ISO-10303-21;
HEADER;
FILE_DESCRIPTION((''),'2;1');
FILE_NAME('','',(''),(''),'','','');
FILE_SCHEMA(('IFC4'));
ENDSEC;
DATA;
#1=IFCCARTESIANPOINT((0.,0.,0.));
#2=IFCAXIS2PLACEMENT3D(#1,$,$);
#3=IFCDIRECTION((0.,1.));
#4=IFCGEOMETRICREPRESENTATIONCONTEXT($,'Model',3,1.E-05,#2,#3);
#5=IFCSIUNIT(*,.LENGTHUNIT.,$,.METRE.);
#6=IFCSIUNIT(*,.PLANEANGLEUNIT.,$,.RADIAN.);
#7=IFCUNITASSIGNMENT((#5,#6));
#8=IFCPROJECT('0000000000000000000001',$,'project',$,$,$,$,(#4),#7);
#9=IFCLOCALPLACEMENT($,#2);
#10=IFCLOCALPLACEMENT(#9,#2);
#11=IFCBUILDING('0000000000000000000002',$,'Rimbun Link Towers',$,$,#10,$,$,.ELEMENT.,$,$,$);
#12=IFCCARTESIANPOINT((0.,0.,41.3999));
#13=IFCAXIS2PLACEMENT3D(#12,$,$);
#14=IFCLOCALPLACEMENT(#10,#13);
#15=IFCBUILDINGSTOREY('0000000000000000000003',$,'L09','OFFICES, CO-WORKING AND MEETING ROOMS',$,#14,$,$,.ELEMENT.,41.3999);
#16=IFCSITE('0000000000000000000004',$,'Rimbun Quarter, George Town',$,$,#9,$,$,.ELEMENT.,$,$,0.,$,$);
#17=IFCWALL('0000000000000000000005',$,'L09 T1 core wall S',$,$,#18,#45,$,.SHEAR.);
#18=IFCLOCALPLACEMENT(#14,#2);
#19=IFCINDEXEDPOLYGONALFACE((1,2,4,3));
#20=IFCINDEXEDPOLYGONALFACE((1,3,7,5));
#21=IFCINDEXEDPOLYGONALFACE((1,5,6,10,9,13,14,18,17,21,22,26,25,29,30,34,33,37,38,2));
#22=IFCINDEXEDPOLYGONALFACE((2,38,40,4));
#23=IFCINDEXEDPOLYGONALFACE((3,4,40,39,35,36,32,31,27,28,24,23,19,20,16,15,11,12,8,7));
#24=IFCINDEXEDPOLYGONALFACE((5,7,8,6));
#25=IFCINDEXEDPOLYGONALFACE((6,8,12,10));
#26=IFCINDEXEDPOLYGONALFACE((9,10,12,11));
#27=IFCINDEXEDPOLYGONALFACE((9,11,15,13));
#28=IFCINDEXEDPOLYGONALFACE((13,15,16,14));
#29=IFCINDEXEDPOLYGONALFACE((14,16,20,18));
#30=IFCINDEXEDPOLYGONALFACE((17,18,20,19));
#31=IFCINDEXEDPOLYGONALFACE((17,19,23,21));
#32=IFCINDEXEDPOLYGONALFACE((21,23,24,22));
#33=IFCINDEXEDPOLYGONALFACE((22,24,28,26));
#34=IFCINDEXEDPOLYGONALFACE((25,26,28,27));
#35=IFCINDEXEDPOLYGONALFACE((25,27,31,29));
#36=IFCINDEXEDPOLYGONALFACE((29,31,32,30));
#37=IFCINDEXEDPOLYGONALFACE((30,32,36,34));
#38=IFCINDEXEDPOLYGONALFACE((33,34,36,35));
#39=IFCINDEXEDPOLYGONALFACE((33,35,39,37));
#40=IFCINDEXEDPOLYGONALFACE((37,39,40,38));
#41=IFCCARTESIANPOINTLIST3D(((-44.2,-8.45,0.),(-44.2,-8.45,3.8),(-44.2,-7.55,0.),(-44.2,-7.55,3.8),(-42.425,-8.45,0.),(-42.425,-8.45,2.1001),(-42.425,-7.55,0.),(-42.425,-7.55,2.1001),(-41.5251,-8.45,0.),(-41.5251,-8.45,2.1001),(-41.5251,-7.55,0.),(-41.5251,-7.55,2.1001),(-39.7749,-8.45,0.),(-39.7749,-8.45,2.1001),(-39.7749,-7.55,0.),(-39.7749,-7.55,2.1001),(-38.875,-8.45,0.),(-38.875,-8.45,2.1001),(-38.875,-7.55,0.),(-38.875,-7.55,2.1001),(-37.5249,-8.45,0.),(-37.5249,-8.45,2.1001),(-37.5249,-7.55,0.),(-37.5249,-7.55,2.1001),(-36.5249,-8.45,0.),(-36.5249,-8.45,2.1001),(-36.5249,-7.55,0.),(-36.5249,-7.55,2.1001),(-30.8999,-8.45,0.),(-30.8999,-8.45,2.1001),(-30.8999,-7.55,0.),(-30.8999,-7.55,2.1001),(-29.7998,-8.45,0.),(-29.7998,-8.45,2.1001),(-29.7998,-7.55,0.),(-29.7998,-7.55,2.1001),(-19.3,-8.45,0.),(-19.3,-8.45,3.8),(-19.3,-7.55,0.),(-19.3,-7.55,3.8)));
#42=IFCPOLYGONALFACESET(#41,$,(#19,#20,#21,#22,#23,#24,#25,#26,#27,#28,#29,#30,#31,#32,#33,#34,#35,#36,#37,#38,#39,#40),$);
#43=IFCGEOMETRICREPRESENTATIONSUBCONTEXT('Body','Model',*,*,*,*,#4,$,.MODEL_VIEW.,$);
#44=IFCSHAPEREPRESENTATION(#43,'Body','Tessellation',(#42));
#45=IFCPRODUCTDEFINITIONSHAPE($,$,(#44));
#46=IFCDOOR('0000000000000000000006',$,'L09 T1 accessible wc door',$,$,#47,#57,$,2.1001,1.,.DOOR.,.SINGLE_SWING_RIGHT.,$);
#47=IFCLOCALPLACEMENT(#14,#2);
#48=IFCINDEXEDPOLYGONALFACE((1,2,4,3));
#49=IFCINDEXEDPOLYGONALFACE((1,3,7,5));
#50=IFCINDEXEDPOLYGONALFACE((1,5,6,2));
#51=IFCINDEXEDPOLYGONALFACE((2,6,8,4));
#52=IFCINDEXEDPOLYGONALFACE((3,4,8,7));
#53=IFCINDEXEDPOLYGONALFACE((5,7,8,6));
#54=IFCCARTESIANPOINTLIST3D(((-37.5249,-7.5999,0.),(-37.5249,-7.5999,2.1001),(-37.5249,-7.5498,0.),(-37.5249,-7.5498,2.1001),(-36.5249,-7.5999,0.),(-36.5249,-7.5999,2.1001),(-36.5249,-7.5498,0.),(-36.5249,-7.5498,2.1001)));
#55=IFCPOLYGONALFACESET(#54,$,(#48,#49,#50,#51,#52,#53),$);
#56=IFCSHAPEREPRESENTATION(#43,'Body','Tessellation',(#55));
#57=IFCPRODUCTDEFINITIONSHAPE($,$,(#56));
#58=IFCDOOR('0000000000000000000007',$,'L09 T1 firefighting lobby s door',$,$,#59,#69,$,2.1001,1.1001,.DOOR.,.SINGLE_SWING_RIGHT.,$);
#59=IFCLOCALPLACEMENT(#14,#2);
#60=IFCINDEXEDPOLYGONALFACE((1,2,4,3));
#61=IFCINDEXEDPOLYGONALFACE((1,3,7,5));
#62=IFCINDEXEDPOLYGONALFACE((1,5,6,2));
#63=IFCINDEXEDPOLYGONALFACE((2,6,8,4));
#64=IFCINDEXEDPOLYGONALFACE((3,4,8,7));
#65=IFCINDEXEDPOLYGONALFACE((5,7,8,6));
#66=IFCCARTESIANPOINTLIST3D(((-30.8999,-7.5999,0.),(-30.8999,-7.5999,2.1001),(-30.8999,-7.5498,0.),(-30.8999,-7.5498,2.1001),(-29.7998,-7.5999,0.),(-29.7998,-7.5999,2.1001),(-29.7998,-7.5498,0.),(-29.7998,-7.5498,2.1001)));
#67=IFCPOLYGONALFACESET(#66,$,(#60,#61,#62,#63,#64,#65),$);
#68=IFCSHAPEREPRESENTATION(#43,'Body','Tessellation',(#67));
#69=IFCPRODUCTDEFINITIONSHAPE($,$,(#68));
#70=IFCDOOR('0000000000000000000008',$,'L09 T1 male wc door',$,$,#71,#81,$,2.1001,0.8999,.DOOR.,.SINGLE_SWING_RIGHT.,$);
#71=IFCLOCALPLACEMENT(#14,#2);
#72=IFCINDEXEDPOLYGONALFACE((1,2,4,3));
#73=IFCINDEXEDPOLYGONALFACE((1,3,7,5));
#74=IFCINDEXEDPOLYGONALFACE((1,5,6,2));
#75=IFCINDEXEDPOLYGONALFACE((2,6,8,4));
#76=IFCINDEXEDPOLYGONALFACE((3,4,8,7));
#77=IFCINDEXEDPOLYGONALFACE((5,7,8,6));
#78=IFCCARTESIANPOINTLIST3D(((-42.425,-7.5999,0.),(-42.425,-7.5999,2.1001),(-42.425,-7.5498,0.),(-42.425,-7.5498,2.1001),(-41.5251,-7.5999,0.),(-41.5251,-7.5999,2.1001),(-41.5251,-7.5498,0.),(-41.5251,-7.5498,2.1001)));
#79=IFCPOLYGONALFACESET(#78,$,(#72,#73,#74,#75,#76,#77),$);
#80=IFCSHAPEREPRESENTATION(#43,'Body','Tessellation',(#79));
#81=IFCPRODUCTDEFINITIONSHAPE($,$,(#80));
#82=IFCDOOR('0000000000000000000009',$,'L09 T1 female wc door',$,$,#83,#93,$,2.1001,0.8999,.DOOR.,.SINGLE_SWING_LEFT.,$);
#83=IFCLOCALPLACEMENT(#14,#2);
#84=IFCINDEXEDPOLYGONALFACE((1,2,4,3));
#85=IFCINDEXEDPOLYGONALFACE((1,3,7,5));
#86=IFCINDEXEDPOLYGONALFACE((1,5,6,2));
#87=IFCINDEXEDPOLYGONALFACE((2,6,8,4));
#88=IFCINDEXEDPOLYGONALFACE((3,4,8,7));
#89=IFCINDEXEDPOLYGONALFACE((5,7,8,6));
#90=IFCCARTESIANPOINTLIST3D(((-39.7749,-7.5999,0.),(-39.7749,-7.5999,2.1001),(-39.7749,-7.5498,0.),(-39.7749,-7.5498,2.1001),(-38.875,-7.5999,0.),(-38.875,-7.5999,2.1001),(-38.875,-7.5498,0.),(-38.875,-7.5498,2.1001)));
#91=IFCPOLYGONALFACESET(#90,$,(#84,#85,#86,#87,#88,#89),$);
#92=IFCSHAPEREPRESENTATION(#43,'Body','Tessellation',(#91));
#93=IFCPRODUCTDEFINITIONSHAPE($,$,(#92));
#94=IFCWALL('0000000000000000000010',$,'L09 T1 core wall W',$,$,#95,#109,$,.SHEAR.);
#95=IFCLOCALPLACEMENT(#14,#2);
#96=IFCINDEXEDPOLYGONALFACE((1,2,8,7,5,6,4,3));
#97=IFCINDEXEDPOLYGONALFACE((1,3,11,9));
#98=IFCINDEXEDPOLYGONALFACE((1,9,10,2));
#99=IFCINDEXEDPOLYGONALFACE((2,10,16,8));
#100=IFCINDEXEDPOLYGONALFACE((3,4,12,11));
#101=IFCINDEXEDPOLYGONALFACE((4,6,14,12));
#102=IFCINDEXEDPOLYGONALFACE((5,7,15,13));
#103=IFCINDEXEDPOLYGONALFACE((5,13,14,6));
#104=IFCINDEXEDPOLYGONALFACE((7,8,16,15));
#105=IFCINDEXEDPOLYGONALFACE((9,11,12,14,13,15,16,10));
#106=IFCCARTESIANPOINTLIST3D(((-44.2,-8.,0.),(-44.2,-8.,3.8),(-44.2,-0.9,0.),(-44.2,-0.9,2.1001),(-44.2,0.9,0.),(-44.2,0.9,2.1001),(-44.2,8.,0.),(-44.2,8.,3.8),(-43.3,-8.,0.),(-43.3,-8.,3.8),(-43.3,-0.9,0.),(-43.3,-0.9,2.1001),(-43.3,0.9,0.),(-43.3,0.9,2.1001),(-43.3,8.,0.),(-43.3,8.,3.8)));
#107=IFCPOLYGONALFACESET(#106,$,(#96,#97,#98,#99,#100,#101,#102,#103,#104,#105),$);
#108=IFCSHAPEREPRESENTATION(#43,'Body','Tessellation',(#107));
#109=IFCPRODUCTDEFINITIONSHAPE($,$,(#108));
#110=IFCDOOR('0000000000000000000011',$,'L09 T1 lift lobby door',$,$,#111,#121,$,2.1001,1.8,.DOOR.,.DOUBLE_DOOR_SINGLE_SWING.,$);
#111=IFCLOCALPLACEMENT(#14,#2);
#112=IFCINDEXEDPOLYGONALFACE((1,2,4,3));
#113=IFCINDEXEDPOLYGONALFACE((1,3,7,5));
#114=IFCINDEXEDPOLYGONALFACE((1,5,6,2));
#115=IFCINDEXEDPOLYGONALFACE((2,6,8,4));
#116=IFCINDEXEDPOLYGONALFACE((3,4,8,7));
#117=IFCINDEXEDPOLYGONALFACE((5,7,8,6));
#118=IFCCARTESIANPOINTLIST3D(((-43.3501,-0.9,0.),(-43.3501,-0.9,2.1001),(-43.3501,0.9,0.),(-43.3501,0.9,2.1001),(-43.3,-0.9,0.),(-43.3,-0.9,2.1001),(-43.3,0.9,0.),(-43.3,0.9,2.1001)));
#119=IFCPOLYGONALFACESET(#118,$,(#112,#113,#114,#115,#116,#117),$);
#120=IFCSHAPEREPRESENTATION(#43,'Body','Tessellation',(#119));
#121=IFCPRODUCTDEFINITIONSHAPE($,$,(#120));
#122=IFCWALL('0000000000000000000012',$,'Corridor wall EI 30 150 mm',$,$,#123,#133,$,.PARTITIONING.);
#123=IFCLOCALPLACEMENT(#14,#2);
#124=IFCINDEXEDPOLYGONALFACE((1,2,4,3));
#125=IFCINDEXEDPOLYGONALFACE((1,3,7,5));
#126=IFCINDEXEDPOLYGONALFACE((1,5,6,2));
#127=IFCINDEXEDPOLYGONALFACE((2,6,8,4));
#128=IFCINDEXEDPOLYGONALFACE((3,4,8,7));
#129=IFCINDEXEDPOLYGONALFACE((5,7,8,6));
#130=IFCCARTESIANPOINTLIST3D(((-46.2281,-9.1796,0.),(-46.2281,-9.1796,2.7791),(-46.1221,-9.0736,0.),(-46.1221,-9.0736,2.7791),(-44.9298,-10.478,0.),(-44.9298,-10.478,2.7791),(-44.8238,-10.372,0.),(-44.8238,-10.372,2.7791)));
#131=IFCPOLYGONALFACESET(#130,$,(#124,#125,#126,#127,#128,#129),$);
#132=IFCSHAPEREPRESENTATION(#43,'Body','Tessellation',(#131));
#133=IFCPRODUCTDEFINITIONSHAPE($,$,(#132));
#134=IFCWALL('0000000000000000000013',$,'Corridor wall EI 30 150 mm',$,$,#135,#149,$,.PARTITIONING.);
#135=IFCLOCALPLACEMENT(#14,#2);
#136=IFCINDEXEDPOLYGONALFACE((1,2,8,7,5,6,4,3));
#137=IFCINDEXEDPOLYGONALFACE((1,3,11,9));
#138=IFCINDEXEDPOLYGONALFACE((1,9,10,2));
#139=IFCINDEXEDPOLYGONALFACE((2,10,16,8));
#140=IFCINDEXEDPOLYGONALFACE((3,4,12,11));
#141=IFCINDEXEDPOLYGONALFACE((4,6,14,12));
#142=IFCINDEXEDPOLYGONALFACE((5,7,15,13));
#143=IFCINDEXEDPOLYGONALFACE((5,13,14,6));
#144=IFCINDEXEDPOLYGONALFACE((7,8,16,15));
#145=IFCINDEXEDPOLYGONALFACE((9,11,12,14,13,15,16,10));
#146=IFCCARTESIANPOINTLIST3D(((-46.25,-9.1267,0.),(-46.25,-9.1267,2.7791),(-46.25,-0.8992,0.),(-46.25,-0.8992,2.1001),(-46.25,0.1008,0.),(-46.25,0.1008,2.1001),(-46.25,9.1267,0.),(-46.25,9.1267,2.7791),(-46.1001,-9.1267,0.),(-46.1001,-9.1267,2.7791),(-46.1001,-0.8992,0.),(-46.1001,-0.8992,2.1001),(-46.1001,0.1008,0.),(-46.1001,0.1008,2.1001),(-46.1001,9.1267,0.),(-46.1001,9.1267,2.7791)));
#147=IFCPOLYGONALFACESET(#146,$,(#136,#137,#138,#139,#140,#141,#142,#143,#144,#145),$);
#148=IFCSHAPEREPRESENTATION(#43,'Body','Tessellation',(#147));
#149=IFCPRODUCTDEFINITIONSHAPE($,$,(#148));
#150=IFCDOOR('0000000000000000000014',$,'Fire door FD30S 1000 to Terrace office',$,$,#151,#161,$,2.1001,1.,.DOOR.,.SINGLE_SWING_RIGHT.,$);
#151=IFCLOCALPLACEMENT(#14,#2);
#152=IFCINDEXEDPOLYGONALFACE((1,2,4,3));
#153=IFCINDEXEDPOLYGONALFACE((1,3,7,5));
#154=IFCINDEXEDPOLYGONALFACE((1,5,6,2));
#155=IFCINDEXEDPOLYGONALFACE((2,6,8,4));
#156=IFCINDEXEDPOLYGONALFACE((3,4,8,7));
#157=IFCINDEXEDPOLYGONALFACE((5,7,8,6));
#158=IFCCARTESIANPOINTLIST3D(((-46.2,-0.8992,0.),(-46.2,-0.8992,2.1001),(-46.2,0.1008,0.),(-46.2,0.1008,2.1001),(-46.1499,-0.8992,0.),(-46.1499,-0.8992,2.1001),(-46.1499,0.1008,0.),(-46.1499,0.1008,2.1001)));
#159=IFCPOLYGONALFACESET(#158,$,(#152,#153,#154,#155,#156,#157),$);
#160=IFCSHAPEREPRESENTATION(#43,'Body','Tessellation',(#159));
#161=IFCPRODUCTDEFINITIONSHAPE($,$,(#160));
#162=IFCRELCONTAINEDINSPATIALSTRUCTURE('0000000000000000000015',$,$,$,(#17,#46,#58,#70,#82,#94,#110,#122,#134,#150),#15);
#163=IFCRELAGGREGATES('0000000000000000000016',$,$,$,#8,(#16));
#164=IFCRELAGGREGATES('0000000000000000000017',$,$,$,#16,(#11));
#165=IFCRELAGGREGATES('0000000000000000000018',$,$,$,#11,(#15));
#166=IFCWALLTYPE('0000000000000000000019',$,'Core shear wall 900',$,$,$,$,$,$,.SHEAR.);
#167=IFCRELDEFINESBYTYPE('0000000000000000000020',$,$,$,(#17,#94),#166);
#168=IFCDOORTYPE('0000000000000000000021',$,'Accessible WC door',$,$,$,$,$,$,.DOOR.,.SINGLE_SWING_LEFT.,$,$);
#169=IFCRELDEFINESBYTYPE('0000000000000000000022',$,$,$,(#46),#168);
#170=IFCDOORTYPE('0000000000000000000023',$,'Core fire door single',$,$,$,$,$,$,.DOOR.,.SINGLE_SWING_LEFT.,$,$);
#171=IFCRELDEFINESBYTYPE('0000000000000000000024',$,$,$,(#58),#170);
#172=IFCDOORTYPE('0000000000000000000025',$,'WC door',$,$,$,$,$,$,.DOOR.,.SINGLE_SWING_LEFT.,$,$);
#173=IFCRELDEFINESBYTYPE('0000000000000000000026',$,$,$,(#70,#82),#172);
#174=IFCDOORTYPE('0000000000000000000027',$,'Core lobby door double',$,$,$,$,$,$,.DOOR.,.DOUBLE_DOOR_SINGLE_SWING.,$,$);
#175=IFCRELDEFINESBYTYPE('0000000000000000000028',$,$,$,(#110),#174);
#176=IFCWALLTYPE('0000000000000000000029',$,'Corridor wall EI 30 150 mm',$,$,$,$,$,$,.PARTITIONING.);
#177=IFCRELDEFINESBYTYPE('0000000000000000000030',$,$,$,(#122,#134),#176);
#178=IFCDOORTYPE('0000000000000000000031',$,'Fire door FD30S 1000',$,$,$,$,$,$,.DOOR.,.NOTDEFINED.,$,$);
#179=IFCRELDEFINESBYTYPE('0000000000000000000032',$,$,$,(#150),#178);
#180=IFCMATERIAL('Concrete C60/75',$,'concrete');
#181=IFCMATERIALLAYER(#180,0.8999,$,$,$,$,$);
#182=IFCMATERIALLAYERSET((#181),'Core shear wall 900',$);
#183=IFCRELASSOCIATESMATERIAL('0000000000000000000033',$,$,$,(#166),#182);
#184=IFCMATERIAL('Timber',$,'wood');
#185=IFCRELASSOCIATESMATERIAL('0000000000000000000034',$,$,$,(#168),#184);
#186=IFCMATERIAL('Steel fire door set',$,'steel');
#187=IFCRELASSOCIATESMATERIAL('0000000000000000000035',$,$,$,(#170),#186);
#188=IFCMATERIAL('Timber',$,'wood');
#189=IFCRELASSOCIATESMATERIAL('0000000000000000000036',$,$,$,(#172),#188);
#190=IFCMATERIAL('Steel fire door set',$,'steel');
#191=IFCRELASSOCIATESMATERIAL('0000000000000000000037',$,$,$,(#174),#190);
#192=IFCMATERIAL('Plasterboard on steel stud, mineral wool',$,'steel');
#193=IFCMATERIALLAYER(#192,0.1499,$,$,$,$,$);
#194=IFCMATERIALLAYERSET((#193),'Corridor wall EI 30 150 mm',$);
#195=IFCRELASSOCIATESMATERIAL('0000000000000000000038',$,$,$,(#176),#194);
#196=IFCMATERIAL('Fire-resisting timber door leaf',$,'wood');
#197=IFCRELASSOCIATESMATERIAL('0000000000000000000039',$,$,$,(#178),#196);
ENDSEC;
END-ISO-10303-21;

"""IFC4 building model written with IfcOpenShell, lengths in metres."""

from ifc_helpers import new_model, si_unit, direction, frame, frame_2d, origin, place, context, subcontext, project, spatial, rectangle, extrude, material, layer, layer_set, type_object, element, fill, save


model = new_model("IFC4")

# Units and contexts
model_context = context("Model", 3, precision=1e-05, world=origin(), true_north=direction((0.0, 1.0)))
body_context = subcontext(model_context, "Body", "Model", "MODEL_VIEW")
ifc_project = project(units=[si_unit("LENGTHUNIT", "METRE"), si_unit("PLANEANGLEUNIT", "RADIAN")], contexts=[model_context])

# Site, building, storey
site_placement = place(None, origin())
site = spatial("IfcSite", under=ifc_project, at=site_placement, Name="Rimbun Quarter, George Town", CompositionType="ELEMENT", RefElevation=0.0)
building_placement = place(site_placement, origin())
building = spatial("IfcBuilding", under=site, at=building_placement, Name="Rimbun Link Towers", CompositionType="ELEMENT")
storey_placement = place(building_placement, frame((0.0, 0.0, 41.3999)))
storey = spatial("IfcBuildingStorey", under=building, at=storey_placement, Name="L09", Description="OFFICES, CO-WORKING AND MEETING ROOMS", CompositionType="ELEMENT", Elevation=41.3999)

# Wall, openings, doors
ifc_material_1 = material(Name="Concrete C60/75", Category="concrete")
ifc_layer_1 = layer(ifc_material_1, 0.8999)
ifc_layer_set_1 = layer_set([ifc_layer_1], Name="Core shear wall 900")
wall_type_1 = type_object("IfcWallType", Name="Core shear wall 900", PredefinedType="SHEAR", material=ifc_layer_set_1)
wall_1_placement = place(storey_placement, frame((-44.2, -8.0, 0.0), z_axis=(0.0, 0.0, 1.0), x_axis=(1.0, 0.0, 0.0)))
wall_1 = element("IfcWall", 1, at=wall_1_placement, inside=storey, type_object=wall_type_1, Name="L09 T1 core wall S", PredefinedType="SHEAR", context=body_context, shape_type="SweptSolid", body=[
    extrude(rectangle(XDim=24.8999, YDim=0.8999, at=frame_2d((12.45, 0.0))), origin(), (0.0, 0.0, 1.0), 3.8),
])
opening_1_placement = place(wall_1_placement, frame((13.3, 0.0, 0.0)))
opening_1 = element("IfcOpeningElement", 2, at=opening_1_placement, cuts=wall_1, PredefinedType="OPENING", context=body_context, shape_type="SweptSolid", body=[
    extrude(rectangle(XDim=1.1001, YDim=2.1001, at=frame_2d((0.55, 1.05))), frame((0.0, 0.46, 0.0), z_axis=(0.0, -1.0, 0.0), x_axis=(1.0, 0.0, 0.0)), (0.0, 0.0, 1.0), 0.9199),
])
opening_2_placement = place(wall_1_placement, frame((1.7749, 0.0, 0.0)))
opening_2 = element("IfcOpeningElement", 3, at=opening_2_placement, cuts=wall_1, PredefinedType="OPENING", context=body_context, shape_type="SweptSolid", body=[
    extrude(rectangle(XDim=0.8999, YDim=2.1001, at=frame_2d((0.45, 1.05))), frame((0.0, 0.46, 0.0), z_axis=(0.0, -1.0, 0.0), x_axis=(1.0, 0.0, 0.0)), (0.0, 0.0, 1.0), 0.9199),
])
opening_3_placement = place(wall_1_placement, frame((4.425, 0.0, 0.0)))
opening_3 = element("IfcOpeningElement", 4, at=opening_3_placement, cuts=wall_1, PredefinedType="OPENING", context=body_context, shape_type="SweptSolid", body=[
    extrude(rectangle(XDim=0.8999, YDim=2.1001, at=frame_2d((0.45, 1.05))), frame((0.0, 0.46, 0.0), z_axis=(0.0, -1.0, 0.0), x_axis=(1.0, 0.0, 0.0)), (0.0, 0.0, 1.0), 0.9199),
])
opening_4_placement = place(wall_1_placement, frame((6.675, 0.0, 0.0)))
opening_4 = element("IfcOpeningElement", 5, at=opening_4_placement, cuts=wall_1, PredefinedType="OPENING", context=body_context, shape_type="SweptSolid", body=[
    extrude(rectangle(XDim=1.0, YDim=2.1001, at=frame_2d((0.5, 1.05))), frame((0.0, 0.46, 0.0), z_axis=(0.0, -1.0, 0.0), x_axis=(1.0, 0.0, 0.0)), (0.0, 0.0, 1.0), 0.9199),
])
ifc_material_2 = material(Name="Timber", Category="wood")
door_type_1 = type_object("IfcDoorType", Name="Accessible WC door", OperationType="SINGLE_SWING_LEFT", PredefinedType="DOOR", material=ifc_material_2)
door_1_placement = place(opening_4_placement, origin())
door_1 = element("IfcDoor", 6, at=door_1_placement, inside=storey, type_object=door_type_1, Name="L09 T1 accessible wc door", OperationType="SINGLE_SWING_RIGHT", OverallHeight=2.1001, OverallWidth=1.0, PredefinedType="DOOR", context=body_context, shape_type="SweptSolid", body=[
    extrude(rectangle(XDim=1.0, YDim=2.1001, at=frame_2d((0.5, 1.05))), frame((0.0, 0.4502, 0.0), z_axis=(0.0, -1.0, 0.0), x_axis=(1.0, 0.0, 0.0)), (0.0, 0.0, 1.0), 0.05),
])
fill(opening_4, door_1)
ifc_material_3 = material(Name="Steel fire door set", Category="steel")
door_type_2 = type_object("IfcDoorType", Name="Core fire door single", OperationType="SINGLE_SWING_LEFT", PredefinedType="DOOR", material=ifc_material_3)
door_2_placement = place(opening_1_placement, origin())
door_2 = element("IfcDoor", 7, at=door_2_placement, inside=storey, type_object=door_type_2, Name="L09 T1 firefighting lobby s door", OperationType="SINGLE_SWING_RIGHT", OverallHeight=2.1001, OverallWidth=1.1001, PredefinedType="DOOR", context=body_context, shape_type="SweptSolid", body=[
    extrude(rectangle(XDim=1.1001, YDim=2.1001, at=frame_2d((0.55, 1.05))), frame((0.0, 0.4502, 0.0), z_axis=(0.0, -1.0, 0.0), x_axis=(1.0, 0.0, 0.0)), (0.0, 0.0, 1.0), 0.05),
])
fill(opening_1, door_2)
ifc_material_4 = material(Name="Timber", Category="wood")
door_type_3 = type_object("IfcDoorType", Name="WC door", OperationType="SINGLE_SWING_LEFT", PredefinedType="DOOR", material=ifc_material_4)
door_3_placement = place(opening_2_placement, origin())
door_3 = element("IfcDoor", 8, at=door_3_placement, inside=storey, type_object=door_type_3, Name="L09 T1 male wc door", OperationType="SINGLE_SWING_RIGHT", OverallHeight=2.1001, OverallWidth=0.8999, PredefinedType="DOOR", context=body_context, shape_type="SweptSolid", body=[
    extrude(rectangle(XDim=0.8999, YDim=2.1001, at=frame_2d((0.45, 1.05))), frame((0.0, 0.4502, 0.0), z_axis=(0.0, -1.0, 0.0), x_axis=(1.0, 0.0, 0.0)), (0.0, 0.0, 1.0), 0.05),
])
fill(opening_2, door_3)
door_4_placement = place(opening_3_placement, origin())
door_4 = element("IfcDoor", 9, at=door_4_placement, inside=storey, type_object=door_type_3, Name="L09 T1 female wc door", OperationType="SINGLE_SWING_LEFT", OverallHeight=2.1001, OverallWidth=0.8999, PredefinedType="DOOR", context=body_context, shape_type="SweptSolid", body=[
    extrude(rectangle(XDim=0.8999, YDim=2.1001, at=frame_2d((0.45, 1.05))), frame((0.0, 0.4502, 0.0), z_axis=(0.0, -1.0, 0.0), x_axis=(1.0, 0.0, 0.0)), (0.0, 0.0, 1.0), 0.05),
])
fill(opening_3, door_4)

# Wall, opening, door
wall_2_placement = place(storey_placement, frame((-43.75, -8.0, 0.0), z_axis=(0.0, 0.0, 1.0), x_axis=(0.0, 1.0, 0.0)))
wall_2 = element("IfcWall", 10, at=wall_2_placement, inside=storey, type_object=wall_type_1, Name="L09 T1 core wall W", PredefinedType="SHEAR", context=body_context, shape_type="SweptSolid", body=[
    extrude(rectangle(XDim=16.0, YDim=0.8999, at=frame_2d((8.0, 0.0))), origin(), (0.0, 0.0, 1.0), 3.8),
])
opening_5_placement = place(wall_2_placement, frame((7.1001, 0.0, 0.0)))
opening_5 = element("IfcOpeningElement", 11, at=opening_5_placement, cuts=wall_2, PredefinedType="OPENING", context=body_context, shape_type="SweptSolid", body=[
    extrude(rectangle(XDim=1.8, YDim=2.1001, at=frame_2d((0.8999, 1.05))), frame((0.0, 0.46, 0.0), z_axis=(0.0, -1.0, 0.0), x_axis=(1.0, 0.0, 0.0)), (0.0, 0.0, 1.0), 0.9199),
])
ifc_material_5 = material(Name="Steel fire door set", Category="steel")
door_type_4 = type_object("IfcDoorType", Name="Core lobby door double", OperationType="DOUBLE_DOOR_SINGLE_SWING", PredefinedType="DOOR", material=ifc_material_5)
door_5_placement = place(opening_5_placement, origin())
door_5 = element("IfcDoor", 12, at=door_5_placement, inside=storey, type_object=door_type_4, Name="L09 T1 lift lobby door", OperationType="DOUBLE_DOOR_SINGLE_SWING", OverallHeight=2.1001, OverallWidth=1.8, PredefinedType="DOOR", context=body_context, shape_type="SweptSolid", body=[
    extrude(rectangle(XDim=1.8, YDim=2.1001, at=frame_2d((0.8999, 1.05))), frame((0.0, -0.3999, 0.0), z_axis=(0.0, -1.0, 0.0), x_axis=(1.0, 0.0, 0.0)), (0.0, 0.0, 1.0), 0.05),
])
fill(opening_5, door_5)

# Wall
ifc_material_6 = material(Name="Plasterboard on steel stud, mineral wool", Category="steel")
ifc_layer_2 = layer(ifc_material_6, 0.1499)
ifc_layer_set_2 = layer_set([ifc_layer_2], Name="Corridor wall EI 30 150 mm")
wall_type_2 = type_object("IfcWallType", Name="Corridor wall EI 30 150 mm", PredefinedType="PARTITIONING", material=ifc_layer_set_2)
wall_3_placement = place(storey_placement, frame((-46.175, -9.1267, 0.0), z_axis=(0.0, 0.0, 1.0), x_axis=(0.707107, -0.707107, 0.0)))
element("IfcWall", 13, at=wall_3_placement, inside=storey, type_object=wall_type_2, Name="Corridor wall EI 30 150 mm", PredefinedType="PARTITIONING", context=body_context, shape_type="SweptSolid", body=[
    extrude(rectangle(XDim=1.8362, YDim=0.1499, at=frame_2d((0.918, 0.0))), origin(), (0.0, 0.0, 1.0), 2.7791),
])

# Wall, opening, door
wall_4_placement = place(storey_placement, frame((-46.175, -9.1267, 0.0), z_axis=(0.0, 0.0, 1.0), x_axis=(0.0, 1.0, 0.0)))
wall_4 = element("IfcWall", 14, at=wall_4_placement, inside=storey, type_object=wall_type_2, Name="Corridor wall EI 30 150 mm", PredefinedType="PARTITIONING", context=body_context, shape_type="SweptSolid", body=[
    extrude(rectangle(XDim=18.2534, YDim=0.1499, at=frame_2d((9.1267, 0.0))), origin(), (0.0, 0.0, 1.0), 2.7791),
])
opening_6_placement = place(wall_4_placement, frame((8.2275, 0.0, 0.0)))
opening_6 = element("IfcOpeningElement", 15, at=opening_6_placement, cuts=wall_4, PredefinedType="OPENING", context=body_context, shape_type="SweptSolid", body=[
    extrude(rectangle(XDim=1.0, YDim=2.1001, at=frame_2d((0.5, 1.05))), frame((0.0, 0.085, 0.0), z_axis=(0.0, -1.0, 0.0), x_axis=(1.0, 0.0, 0.0)), (0.0, 0.0, 1.0), 0.1699),
])
ifc_material_7 = material(Name="Fire-resisting timber door leaf", Category="wood")
door_type_5 = type_object("IfcDoorType", Name="Fire door FD30S 1000", OperationType="NOTDEFINED", PredefinedType="DOOR", material=ifc_material_7)
door_6_placement = place(opening_6_placement, origin())
door_6 = element("IfcDoor", 16, at=door_6_placement, inside=storey, type_object=door_type_5, Name="Fire door FD30S 1000 to Terrace office", OperationType="SINGLE_SWING_RIGHT", OverallHeight=2.1001, OverallWidth=1.0, PredefinedType="DOOR", context=body_context, shape_type="SweptSolid", body=[
    extrude(rectangle(XDim=1.0, YDim=2.1001, at=frame_2d((0.5, 1.05))), frame((0.0, 0.0249, 0.0), z_axis=(0.0, -1.0, 0.0), x_axis=(1.0, 0.0, 0.0)), (0.0, 0.0, 1.0), 0.05),
])
fill(opening_6, door_6)

save(model, "model.ifc")
